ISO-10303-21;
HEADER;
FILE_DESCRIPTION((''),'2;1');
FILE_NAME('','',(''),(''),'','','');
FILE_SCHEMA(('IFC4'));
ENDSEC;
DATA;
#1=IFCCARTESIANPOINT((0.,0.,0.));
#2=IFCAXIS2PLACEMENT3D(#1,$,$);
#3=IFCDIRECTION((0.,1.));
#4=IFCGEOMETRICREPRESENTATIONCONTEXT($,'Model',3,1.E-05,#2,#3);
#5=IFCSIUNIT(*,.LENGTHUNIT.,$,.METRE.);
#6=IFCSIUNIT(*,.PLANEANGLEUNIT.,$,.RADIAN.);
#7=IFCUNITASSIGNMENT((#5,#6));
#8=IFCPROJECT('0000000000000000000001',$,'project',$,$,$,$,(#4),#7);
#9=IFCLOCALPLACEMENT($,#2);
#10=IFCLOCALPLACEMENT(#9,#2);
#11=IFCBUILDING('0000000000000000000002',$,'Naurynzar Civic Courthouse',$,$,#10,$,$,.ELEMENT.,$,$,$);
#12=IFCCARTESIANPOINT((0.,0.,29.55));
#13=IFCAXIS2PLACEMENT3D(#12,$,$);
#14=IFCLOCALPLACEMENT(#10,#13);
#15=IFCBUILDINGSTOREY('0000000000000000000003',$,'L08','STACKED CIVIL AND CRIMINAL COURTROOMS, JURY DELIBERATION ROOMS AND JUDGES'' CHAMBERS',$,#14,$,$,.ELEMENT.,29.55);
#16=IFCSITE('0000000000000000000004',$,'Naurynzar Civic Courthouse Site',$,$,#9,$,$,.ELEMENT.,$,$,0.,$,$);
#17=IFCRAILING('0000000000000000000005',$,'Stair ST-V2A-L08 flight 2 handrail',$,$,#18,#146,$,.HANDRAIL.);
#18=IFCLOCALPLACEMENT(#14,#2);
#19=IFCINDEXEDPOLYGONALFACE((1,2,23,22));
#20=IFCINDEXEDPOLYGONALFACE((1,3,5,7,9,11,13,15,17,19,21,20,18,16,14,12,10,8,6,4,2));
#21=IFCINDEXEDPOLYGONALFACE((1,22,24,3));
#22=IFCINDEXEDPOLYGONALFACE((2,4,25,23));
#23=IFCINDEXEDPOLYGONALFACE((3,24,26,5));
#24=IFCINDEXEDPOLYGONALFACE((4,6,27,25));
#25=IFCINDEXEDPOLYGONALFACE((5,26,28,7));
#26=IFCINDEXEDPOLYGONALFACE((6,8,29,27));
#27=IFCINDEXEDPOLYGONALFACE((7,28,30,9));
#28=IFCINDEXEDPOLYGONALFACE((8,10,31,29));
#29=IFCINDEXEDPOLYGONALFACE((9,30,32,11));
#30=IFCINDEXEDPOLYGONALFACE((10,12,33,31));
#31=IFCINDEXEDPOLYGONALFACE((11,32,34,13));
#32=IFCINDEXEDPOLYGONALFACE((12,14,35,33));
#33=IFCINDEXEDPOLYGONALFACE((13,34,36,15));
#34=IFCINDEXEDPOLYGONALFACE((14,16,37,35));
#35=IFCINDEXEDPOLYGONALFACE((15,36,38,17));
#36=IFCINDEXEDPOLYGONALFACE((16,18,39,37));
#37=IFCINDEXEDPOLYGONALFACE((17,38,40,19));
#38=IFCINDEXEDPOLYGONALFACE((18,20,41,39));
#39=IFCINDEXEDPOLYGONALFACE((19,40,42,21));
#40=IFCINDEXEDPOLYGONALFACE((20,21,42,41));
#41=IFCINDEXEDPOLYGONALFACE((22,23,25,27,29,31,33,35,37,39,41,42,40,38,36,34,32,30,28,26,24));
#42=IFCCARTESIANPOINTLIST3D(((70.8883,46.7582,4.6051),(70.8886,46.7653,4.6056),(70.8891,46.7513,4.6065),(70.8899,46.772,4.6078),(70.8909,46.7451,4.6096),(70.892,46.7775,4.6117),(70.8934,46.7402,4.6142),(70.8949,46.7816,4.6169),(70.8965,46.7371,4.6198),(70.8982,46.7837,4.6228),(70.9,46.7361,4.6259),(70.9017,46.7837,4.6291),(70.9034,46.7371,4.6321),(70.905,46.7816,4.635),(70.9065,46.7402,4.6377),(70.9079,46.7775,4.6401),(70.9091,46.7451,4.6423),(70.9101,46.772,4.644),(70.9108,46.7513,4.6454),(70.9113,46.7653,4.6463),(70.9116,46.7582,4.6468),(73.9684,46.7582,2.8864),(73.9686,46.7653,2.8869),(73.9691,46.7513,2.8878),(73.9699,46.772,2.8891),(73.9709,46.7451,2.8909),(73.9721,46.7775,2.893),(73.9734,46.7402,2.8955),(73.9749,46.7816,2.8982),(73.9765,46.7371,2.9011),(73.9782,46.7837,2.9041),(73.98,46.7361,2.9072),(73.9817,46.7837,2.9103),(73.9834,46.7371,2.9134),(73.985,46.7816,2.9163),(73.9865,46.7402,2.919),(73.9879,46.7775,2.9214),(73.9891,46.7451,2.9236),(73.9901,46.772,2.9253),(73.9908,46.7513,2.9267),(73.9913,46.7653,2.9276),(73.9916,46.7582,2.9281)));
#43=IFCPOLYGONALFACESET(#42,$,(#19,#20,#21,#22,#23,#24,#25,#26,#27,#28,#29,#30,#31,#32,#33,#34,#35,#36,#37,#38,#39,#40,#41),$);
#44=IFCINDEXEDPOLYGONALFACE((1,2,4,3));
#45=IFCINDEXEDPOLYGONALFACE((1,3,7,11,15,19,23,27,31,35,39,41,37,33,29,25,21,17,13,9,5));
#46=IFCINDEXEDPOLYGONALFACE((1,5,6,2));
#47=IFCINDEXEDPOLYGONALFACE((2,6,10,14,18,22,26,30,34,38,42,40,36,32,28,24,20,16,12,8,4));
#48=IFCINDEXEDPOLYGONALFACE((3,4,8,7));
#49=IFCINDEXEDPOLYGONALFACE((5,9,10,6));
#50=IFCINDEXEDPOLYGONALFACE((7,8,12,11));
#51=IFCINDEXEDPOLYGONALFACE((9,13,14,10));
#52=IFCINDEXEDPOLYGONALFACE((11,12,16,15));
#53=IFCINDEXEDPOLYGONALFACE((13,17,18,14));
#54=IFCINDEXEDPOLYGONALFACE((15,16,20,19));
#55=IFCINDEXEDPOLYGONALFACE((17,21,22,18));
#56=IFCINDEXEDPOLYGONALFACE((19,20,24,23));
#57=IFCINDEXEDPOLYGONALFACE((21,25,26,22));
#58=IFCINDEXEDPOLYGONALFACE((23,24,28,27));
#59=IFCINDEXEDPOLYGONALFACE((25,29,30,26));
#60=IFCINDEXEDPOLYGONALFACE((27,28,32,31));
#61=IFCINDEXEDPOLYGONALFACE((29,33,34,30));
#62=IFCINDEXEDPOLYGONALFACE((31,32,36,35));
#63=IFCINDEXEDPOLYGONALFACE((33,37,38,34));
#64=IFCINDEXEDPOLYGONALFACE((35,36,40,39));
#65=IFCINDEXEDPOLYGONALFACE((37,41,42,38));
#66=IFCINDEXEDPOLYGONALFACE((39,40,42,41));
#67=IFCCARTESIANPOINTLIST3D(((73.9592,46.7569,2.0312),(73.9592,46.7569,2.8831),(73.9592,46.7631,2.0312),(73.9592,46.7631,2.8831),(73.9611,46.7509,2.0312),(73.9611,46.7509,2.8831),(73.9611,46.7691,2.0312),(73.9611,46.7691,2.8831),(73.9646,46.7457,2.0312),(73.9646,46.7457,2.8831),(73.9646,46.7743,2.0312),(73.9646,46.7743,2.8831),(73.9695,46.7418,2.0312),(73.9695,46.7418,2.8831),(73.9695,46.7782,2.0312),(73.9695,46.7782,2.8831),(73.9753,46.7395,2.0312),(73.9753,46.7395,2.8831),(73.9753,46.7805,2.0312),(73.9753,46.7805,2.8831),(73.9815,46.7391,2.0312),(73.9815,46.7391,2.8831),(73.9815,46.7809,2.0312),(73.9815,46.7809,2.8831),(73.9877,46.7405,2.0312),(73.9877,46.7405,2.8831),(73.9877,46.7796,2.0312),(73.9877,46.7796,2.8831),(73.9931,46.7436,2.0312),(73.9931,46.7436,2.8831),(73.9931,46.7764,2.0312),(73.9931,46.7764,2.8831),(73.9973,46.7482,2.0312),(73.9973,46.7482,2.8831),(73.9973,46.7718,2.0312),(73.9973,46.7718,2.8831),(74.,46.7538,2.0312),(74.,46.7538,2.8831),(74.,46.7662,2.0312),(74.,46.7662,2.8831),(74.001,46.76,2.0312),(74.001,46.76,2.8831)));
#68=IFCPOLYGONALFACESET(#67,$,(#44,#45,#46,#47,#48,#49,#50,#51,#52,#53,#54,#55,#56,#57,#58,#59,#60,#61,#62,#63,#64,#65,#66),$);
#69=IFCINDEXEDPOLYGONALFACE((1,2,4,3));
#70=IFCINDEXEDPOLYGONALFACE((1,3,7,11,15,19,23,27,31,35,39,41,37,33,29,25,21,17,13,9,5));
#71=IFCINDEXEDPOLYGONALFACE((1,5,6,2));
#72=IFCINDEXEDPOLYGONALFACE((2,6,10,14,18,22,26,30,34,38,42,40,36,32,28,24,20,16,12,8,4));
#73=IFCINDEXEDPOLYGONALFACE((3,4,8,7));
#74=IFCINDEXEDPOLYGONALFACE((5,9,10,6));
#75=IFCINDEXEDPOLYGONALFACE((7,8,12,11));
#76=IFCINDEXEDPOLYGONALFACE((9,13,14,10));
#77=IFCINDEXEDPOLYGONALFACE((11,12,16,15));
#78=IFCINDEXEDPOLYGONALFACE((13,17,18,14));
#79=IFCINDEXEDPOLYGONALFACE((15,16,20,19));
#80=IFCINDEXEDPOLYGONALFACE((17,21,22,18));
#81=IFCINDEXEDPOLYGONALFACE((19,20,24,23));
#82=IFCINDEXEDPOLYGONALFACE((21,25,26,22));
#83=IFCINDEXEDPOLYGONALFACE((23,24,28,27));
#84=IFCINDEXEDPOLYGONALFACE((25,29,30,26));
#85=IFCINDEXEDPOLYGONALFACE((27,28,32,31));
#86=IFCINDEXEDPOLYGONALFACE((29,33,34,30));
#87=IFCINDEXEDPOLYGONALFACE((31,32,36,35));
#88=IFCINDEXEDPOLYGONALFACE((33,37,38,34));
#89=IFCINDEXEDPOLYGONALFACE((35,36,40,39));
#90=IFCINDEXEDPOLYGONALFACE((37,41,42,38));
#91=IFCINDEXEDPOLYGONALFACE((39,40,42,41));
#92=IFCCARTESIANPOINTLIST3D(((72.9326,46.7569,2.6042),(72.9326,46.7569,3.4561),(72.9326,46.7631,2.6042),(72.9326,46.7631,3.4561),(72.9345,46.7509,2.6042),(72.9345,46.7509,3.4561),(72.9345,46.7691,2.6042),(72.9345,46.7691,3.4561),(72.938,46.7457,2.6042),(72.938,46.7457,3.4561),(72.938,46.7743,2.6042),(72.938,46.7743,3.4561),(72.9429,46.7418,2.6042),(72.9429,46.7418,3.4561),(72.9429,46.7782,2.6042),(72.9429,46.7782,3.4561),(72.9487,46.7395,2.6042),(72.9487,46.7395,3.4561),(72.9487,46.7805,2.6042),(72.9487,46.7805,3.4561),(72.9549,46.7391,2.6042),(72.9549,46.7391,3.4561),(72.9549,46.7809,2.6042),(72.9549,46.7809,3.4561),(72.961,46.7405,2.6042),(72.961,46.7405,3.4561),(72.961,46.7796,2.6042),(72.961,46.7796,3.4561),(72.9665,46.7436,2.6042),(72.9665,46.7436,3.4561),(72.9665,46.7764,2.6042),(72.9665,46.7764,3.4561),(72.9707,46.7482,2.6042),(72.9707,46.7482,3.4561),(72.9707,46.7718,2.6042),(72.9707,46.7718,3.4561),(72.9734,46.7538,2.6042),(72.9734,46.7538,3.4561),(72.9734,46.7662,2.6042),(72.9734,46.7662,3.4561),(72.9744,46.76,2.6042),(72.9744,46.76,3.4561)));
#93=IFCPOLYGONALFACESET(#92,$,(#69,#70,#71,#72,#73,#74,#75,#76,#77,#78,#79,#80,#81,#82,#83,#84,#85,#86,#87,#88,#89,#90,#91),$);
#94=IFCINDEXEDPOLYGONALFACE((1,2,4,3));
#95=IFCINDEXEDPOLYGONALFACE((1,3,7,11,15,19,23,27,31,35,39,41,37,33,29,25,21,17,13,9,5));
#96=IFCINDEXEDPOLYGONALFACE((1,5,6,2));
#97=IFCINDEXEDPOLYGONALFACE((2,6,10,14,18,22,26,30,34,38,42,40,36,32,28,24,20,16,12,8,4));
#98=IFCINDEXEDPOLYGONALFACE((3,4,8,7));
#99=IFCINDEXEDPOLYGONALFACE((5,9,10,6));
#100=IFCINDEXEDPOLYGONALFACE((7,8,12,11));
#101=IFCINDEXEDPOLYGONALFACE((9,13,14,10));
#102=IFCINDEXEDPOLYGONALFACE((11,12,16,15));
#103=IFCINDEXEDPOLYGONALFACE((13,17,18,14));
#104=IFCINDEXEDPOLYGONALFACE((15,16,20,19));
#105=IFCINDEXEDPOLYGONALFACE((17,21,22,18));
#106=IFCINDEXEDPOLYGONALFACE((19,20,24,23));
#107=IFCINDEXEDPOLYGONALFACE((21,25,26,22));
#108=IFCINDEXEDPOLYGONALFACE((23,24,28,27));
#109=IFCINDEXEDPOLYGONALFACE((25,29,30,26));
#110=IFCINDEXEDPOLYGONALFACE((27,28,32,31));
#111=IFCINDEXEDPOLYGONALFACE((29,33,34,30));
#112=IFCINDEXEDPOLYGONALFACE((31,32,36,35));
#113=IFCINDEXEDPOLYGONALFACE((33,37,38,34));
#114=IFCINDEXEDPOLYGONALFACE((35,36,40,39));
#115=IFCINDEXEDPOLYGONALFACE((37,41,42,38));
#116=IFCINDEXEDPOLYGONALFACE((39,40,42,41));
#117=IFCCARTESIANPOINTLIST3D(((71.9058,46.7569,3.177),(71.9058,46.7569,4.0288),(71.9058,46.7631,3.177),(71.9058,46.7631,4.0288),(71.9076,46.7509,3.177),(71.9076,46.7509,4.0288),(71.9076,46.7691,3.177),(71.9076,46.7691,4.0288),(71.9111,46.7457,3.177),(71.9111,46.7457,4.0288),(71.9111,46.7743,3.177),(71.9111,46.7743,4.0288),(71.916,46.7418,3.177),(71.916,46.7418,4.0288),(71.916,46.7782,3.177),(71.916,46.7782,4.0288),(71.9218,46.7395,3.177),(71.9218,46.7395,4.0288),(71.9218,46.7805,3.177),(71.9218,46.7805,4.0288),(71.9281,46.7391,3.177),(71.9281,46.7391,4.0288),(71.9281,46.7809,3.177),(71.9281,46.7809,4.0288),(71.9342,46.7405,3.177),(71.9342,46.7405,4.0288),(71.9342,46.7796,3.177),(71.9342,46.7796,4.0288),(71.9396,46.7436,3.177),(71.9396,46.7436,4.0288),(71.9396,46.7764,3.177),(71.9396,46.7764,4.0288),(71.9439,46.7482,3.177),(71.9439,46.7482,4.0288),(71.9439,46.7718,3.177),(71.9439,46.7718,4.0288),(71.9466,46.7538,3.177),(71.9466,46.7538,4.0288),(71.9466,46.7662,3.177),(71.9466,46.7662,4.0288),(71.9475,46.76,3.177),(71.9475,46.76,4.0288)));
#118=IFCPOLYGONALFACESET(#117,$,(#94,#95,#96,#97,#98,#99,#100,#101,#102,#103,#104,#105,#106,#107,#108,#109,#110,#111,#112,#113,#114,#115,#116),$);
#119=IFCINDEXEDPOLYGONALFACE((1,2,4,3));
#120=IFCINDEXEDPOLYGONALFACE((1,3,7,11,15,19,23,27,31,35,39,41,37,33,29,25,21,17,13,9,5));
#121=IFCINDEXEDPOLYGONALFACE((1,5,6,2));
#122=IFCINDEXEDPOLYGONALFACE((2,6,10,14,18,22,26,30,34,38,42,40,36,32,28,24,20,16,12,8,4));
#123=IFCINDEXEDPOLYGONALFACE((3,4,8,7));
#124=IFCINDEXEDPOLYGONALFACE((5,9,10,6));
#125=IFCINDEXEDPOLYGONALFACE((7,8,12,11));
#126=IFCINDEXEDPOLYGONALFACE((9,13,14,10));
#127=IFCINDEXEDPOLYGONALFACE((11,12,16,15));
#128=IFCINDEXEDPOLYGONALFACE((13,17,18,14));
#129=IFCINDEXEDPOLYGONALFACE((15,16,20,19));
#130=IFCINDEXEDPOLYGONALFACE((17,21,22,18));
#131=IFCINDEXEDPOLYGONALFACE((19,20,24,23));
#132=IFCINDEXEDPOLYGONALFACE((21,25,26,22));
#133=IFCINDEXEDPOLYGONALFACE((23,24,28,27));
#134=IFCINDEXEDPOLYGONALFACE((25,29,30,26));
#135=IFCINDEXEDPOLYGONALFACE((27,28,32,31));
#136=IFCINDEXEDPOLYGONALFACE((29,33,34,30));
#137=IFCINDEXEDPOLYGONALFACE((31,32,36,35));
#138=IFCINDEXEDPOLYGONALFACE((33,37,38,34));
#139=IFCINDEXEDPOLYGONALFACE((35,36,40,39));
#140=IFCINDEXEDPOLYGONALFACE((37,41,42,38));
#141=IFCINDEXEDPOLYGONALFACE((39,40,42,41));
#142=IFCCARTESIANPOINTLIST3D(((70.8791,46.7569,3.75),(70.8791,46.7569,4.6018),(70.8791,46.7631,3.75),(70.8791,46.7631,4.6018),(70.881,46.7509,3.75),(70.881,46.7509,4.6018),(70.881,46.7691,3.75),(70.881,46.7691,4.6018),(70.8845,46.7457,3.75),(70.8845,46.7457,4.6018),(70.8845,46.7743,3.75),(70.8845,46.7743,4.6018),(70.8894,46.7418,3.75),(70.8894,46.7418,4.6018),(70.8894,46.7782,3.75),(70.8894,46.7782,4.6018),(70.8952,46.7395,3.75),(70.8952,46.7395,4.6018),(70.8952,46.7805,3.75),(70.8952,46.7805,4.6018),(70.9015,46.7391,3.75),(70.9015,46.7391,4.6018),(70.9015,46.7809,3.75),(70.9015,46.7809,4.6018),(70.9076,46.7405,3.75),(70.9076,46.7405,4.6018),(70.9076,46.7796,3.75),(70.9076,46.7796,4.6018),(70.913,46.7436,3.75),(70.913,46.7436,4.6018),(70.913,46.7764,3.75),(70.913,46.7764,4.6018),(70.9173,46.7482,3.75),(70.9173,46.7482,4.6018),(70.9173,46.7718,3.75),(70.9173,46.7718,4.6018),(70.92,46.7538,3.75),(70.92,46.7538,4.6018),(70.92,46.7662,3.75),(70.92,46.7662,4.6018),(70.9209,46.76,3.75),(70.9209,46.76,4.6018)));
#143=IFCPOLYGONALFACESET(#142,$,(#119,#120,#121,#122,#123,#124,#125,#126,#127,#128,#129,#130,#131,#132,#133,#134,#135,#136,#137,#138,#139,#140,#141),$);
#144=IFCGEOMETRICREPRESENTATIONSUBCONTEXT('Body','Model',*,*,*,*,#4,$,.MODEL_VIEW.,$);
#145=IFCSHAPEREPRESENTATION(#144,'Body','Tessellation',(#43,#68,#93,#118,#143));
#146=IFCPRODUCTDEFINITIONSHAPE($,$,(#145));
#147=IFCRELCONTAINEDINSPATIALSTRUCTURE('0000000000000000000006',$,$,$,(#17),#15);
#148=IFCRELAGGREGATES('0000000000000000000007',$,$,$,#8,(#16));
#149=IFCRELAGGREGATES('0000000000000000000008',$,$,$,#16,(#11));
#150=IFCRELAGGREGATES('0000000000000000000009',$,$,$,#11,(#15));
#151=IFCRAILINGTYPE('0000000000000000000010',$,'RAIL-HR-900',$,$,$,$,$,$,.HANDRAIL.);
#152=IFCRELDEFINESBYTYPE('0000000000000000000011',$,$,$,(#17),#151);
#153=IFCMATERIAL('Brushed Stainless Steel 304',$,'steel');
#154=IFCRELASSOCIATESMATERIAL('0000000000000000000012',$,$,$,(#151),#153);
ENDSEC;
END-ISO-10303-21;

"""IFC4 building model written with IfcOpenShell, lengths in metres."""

from ifc_helpers import new_model, si_unit, direction, frame, origin, origin_2d, place, context, subcontext, project, spatial, circle, extrude, material, type_object, element, save


model = new_model("IFC4")

# Units and contexts
model_context = context("Model", 3, precision=1e-05, world=origin(), true_north=direction((0.0, 1.0)))
body_context = subcontext(model_context, "Body", "Model", "MODEL_VIEW")
ifc_project = project(units=[si_unit("LENGTHUNIT", "METRE"), si_unit("PLANEANGLEUNIT", "RADIAN")], contexts=[model_context])

# Site, building, storey
site_placement = place(None, origin())
site = spatial("IfcSite", under=ifc_project, at=site_placement, Name="Naurynzar Civic Courthouse Site", CompositionType="ELEMENT", RefElevation=0.0)
building_placement = place(site_placement, origin())
building = spatial("IfcBuilding", under=site, at=building_placement, Name="Naurynzar Civic Courthouse", CompositionType="ELEMENT")
storey_placement = place(building_placement, frame((0.0, 0.0, 29.55)))
storey = spatial("IfcBuildingStorey", under=building, at=storey_placement, Name="L08", Description="STACKED CIVIL AND CRIMINAL COURTROOMS, JURY DELIBERATION ROOMS AND JUDGES' CHAMBERS", CompositionType="ELEMENT", Elevation=29.55)

# Railing
ifc_material_1 = material(Name="Brushed Stainless Steel 304", Category="steel")
railing_type_1 = type_object("IfcRailingType", Name="RAIL-HR-900", PredefinedType="HANDRAIL", material=ifc_material_1)
railing_1_placement = place(storey_placement, frame((73.98, 46.76, 2.0312)))
element("IfcRailing", 1, at=railing_1_placement, inside=storey, type_object=railing_type_1, Name="Stair ST-V2A-L08 flight 2 handrail", PredefinedType="HANDRAIL", context=body_context, shape_type="SweptSolid", body=[
    extrude(circle(Radius=0.0239, at=origin_2d()), frame((0.0, 0.0, 0.876), z_axis=(-0.873242, 0.0, 0.487288), x_axis=(0.0, -1.0, 0.0)), (0.0, 0.0, 1.0), 3.5271),
    extrude(circle(Radius=0.021, at=origin_2d()), origin(), (0.0, 0.0, 1.0), 0.8518),
    extrude(circle(Radius=0.021, at=origin_2d()), frame((-1.0266, 0.0, 0.573)), (0.0, 0.0, 1.0), 0.8518),
    extrude(circle(Radius=0.021, at=origin_2d()), frame((-2.0535, 0.0, 1.1458)), (0.0, 0.0, 1.0), 0.8518),
    extrude(circle(Radius=0.021, at=origin_2d()), frame((-3.0801, 0.0, 1.7188)), (0.0, 0.0, 1.0), 0.8518),
])

save(model, "model.ifc")
